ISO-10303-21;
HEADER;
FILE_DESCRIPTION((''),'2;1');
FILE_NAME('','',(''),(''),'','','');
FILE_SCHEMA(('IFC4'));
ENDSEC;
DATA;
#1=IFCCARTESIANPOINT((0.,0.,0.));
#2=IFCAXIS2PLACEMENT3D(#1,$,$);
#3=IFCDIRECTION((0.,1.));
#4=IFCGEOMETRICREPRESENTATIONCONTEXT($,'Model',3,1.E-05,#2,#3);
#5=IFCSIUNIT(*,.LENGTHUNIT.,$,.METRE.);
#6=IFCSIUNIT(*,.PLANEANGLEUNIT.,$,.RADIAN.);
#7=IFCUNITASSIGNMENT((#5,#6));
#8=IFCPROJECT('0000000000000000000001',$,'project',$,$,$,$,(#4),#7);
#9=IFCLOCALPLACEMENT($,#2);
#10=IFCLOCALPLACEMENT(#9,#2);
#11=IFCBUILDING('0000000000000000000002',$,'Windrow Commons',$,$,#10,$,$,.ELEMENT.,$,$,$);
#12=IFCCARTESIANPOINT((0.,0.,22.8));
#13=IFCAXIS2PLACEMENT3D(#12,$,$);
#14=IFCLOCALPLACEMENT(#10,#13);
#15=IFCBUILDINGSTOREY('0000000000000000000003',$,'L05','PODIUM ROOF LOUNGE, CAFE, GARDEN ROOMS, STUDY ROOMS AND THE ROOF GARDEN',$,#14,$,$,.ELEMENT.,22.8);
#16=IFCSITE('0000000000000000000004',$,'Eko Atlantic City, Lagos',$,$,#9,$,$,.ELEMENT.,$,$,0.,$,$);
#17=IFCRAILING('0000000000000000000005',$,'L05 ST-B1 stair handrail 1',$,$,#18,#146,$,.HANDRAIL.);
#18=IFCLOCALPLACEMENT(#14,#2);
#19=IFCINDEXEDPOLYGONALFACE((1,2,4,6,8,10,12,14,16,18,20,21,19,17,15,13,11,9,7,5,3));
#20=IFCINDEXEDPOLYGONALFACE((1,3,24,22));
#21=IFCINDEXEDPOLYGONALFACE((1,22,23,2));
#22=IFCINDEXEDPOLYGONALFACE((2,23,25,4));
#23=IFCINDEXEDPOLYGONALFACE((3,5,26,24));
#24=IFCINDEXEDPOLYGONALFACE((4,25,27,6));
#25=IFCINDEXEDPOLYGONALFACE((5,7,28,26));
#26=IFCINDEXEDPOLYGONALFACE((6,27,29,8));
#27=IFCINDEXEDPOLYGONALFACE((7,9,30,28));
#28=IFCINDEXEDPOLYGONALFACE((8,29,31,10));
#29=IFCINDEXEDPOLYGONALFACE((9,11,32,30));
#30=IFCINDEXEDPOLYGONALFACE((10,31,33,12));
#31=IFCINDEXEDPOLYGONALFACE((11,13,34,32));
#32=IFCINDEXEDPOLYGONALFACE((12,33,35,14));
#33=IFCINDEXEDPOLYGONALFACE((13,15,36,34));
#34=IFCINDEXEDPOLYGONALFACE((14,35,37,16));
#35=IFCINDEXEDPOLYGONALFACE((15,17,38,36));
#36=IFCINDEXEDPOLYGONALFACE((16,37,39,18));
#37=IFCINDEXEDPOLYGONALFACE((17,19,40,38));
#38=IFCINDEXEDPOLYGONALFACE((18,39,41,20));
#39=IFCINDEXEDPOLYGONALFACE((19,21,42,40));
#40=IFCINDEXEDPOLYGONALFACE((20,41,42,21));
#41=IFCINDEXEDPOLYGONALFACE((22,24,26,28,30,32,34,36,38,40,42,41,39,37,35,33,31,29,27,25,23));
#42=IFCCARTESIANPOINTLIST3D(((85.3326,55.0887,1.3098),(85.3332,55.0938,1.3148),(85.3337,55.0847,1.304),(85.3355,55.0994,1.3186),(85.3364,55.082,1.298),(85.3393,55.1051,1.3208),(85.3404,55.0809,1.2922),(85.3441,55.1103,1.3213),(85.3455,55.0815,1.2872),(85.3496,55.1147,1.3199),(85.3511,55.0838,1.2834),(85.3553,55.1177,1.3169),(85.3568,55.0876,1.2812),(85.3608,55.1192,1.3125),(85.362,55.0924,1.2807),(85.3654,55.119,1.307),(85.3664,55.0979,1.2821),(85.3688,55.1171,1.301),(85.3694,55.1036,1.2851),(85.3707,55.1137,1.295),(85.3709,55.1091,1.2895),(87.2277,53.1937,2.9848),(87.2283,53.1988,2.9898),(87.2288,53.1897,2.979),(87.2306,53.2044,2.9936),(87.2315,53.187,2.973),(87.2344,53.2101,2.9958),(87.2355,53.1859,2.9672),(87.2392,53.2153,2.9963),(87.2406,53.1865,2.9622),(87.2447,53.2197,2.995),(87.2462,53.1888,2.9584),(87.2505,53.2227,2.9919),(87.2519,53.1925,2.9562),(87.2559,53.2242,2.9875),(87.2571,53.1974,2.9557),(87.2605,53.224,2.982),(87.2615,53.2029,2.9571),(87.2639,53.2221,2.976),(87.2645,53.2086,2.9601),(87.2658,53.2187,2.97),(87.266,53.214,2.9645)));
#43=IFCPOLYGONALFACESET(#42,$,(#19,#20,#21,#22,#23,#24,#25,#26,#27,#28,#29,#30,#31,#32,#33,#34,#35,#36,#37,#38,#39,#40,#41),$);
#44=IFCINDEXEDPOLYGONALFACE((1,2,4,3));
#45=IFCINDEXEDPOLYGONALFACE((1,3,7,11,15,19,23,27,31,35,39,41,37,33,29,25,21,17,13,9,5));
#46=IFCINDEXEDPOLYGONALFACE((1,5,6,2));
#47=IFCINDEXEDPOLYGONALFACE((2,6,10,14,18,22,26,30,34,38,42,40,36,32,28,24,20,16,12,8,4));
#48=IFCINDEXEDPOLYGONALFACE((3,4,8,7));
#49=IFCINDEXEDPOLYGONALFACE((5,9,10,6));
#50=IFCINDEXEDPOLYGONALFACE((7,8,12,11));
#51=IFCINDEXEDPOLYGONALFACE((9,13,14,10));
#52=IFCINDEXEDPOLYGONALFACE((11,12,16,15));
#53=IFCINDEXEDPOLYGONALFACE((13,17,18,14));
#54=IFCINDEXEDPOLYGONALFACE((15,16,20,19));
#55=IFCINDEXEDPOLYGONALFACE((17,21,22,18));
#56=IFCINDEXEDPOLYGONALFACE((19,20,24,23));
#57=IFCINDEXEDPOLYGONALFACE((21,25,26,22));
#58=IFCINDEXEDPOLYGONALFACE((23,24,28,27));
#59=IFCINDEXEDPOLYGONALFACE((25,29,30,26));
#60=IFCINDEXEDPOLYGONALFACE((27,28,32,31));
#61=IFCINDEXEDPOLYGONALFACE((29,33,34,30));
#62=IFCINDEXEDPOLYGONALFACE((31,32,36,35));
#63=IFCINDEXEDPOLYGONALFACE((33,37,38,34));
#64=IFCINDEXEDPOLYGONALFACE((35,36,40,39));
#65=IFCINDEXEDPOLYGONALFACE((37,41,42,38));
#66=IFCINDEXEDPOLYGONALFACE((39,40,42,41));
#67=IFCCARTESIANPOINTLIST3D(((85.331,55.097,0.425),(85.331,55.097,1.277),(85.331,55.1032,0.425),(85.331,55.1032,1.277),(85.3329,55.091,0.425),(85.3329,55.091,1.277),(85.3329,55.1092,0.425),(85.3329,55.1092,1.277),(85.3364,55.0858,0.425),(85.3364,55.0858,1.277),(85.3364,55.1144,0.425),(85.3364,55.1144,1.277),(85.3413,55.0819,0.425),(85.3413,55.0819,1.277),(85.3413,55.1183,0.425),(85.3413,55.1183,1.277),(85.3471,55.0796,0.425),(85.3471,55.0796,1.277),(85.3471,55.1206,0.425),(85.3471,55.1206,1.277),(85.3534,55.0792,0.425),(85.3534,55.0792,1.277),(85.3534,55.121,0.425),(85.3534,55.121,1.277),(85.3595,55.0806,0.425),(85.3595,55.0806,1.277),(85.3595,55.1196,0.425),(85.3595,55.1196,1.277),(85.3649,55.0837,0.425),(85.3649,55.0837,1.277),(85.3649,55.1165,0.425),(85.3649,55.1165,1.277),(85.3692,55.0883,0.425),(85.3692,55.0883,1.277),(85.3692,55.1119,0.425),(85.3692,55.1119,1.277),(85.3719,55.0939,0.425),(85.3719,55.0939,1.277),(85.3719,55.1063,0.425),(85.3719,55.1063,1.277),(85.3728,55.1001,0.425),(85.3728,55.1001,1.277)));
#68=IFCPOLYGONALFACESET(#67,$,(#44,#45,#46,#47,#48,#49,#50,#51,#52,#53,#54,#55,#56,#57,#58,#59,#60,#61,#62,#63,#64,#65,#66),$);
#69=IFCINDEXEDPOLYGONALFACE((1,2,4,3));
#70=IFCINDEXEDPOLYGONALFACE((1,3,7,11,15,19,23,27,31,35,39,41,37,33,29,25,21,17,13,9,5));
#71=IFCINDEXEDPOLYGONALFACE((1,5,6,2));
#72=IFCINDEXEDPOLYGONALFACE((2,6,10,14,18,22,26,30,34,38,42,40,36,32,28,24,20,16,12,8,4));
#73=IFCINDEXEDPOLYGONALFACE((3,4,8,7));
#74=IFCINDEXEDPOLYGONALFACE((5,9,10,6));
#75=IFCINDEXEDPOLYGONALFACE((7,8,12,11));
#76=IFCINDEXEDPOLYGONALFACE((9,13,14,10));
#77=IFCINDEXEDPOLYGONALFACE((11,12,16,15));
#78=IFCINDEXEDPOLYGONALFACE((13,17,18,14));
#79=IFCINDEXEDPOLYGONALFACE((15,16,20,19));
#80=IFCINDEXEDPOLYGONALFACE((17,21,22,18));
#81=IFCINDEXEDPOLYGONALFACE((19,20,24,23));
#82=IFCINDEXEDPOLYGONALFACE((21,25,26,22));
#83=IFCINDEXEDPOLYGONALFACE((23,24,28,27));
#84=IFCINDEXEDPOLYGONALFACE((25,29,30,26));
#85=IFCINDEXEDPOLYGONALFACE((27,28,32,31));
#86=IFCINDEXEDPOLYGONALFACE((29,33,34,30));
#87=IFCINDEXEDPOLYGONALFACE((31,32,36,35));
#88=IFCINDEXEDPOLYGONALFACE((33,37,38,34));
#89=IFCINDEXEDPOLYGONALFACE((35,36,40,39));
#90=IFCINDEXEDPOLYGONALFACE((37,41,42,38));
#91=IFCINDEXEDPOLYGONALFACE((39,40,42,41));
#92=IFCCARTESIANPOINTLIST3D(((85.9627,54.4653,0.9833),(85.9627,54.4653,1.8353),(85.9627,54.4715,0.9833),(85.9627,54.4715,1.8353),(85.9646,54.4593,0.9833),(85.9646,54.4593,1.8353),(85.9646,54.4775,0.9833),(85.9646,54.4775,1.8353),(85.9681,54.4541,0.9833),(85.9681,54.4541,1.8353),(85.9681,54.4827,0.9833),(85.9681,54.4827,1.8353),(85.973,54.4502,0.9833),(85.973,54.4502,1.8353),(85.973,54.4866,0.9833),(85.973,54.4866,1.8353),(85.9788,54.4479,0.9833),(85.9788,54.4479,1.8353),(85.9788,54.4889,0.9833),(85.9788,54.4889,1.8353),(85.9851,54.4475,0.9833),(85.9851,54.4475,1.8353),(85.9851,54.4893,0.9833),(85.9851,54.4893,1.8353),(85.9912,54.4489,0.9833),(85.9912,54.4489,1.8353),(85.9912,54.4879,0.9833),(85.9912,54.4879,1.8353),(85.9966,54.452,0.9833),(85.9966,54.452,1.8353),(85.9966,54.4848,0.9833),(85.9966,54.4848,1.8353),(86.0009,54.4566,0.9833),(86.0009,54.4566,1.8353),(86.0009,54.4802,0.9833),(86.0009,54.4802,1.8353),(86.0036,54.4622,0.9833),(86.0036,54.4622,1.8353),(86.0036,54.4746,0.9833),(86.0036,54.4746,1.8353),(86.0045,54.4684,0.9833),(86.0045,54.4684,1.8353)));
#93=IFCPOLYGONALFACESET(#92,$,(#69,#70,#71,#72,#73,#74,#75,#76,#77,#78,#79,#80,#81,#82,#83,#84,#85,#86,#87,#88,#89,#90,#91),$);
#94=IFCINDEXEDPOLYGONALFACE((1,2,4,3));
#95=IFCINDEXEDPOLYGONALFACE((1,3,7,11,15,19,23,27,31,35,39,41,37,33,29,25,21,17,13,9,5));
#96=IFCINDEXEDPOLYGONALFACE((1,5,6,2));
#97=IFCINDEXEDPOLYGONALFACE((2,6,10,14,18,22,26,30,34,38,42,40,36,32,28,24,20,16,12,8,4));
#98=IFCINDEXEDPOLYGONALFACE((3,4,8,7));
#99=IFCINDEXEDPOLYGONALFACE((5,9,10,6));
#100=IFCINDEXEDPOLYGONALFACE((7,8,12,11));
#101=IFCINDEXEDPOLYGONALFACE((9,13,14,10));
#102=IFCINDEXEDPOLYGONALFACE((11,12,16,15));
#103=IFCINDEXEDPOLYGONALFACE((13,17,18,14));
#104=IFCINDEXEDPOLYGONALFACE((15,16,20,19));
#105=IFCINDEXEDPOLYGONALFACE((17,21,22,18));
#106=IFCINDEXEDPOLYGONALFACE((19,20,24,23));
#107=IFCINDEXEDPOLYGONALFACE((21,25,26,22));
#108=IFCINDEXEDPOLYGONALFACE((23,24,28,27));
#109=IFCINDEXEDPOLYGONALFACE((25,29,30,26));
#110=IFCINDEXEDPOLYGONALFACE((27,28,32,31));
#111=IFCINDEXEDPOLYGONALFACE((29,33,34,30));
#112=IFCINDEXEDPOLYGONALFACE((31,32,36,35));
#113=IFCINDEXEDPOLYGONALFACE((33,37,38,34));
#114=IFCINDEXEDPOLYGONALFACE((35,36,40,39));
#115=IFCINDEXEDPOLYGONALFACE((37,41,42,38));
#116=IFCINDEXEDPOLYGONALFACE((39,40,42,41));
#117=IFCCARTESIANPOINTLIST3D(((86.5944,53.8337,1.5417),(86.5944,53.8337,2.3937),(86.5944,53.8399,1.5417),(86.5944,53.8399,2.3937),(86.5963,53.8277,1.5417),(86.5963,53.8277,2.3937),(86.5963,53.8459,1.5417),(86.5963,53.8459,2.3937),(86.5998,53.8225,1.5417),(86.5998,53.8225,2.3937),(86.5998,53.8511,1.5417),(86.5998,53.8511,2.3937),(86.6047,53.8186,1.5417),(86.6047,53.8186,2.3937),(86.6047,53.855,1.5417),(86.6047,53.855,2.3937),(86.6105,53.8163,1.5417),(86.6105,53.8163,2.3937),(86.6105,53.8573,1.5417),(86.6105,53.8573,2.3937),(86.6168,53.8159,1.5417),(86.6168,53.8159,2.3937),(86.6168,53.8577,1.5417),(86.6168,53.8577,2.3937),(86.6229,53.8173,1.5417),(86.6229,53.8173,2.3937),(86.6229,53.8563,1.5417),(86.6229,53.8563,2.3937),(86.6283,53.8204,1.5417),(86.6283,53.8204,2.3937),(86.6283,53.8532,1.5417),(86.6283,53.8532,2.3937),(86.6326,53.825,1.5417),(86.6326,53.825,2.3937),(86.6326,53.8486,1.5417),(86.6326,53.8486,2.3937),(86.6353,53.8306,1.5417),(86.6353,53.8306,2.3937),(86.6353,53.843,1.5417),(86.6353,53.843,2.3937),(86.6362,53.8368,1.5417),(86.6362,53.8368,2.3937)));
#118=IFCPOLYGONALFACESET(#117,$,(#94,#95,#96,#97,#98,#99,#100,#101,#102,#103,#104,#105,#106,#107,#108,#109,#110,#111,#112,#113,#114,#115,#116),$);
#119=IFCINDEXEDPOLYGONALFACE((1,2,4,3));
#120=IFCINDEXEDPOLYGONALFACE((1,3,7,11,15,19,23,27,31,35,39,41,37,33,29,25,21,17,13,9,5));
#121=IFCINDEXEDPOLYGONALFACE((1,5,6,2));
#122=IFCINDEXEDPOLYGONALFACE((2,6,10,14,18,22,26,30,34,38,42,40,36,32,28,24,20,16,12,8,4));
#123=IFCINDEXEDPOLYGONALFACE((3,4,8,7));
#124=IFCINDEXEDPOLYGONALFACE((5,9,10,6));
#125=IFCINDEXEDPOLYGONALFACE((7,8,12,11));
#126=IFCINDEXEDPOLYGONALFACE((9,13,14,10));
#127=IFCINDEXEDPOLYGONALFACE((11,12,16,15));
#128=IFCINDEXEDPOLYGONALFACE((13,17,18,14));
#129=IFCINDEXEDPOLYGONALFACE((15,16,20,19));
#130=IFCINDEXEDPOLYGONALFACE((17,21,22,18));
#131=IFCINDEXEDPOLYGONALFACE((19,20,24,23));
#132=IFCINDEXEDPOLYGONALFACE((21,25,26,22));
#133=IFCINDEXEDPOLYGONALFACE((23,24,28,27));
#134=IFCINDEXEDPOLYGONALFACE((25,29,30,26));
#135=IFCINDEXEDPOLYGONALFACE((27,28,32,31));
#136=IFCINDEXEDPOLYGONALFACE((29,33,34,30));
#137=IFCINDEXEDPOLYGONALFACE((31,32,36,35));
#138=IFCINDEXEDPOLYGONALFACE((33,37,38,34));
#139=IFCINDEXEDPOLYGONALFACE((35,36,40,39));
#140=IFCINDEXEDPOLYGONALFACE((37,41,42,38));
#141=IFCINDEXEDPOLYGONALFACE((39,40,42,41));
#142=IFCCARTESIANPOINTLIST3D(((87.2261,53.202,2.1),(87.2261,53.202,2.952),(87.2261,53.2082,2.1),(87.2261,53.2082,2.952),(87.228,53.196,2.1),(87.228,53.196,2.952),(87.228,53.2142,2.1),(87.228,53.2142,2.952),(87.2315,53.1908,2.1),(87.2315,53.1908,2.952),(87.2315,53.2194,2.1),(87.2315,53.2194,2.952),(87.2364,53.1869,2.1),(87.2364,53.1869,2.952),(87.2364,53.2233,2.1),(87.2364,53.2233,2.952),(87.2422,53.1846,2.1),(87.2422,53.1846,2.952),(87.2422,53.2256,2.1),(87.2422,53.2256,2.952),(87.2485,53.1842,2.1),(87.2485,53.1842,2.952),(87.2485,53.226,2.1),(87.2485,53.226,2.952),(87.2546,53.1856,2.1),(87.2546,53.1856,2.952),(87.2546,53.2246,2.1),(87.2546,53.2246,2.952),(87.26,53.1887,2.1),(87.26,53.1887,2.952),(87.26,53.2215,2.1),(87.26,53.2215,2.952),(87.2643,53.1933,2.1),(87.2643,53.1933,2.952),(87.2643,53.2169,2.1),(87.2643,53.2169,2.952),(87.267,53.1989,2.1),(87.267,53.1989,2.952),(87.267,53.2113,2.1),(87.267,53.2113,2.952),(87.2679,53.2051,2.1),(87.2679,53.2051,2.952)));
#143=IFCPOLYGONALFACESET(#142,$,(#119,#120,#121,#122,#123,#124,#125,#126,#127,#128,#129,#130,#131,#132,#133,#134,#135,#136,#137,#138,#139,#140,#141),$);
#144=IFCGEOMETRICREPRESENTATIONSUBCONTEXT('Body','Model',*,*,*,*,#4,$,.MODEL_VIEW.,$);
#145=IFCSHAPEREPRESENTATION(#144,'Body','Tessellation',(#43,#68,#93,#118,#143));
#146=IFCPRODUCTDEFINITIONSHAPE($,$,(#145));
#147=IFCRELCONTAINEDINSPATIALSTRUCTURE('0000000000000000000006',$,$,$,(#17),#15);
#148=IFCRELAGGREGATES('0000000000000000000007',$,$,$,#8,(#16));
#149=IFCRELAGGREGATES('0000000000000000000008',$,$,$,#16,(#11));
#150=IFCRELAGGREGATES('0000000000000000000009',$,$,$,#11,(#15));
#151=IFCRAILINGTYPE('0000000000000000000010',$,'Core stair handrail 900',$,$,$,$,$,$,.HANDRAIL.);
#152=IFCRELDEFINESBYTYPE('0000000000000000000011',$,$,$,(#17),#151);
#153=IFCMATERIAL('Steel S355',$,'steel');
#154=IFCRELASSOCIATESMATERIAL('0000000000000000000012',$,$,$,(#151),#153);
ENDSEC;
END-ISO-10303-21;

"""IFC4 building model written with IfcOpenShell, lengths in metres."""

from ifc_helpers import new_model, si_unit, direction, frame, origin, origin_2d, place, context, subcontext, project, spatial, circle, extrude, material, type_object, element, save


model = new_model("IFC4")

# Units and contexts
model_context = context("Model", 3, precision=1e-05, world=origin(), true_north=direction((0.0, 1.0)))
body_context = subcontext(model_context, "Body", "Model", "MODEL_VIEW")
ifc_project = project(units=[si_unit("LENGTHUNIT", "METRE"), si_unit("PLANEANGLEUNIT", "RADIAN")], contexts=[model_context])

# Site, building, storey
site_placement = place(None, origin())
site = spatial("IfcSite", under=ifc_project, at=site_placement, Name="Eko Atlantic City, Lagos", CompositionType="ELEMENT", RefElevation=0.0)
building_placement = place(site_placement, origin())
building = spatial("IfcBuilding", under=site, at=building_placement, Name="Windrow Commons", CompositionType="ELEMENT")
storey_placement = place(building_placement, frame((0.0, 0.0, 22.8)))
storey = spatial("IfcBuildingStorey", under=building, at=storey_placement, Name="L05", Description="PODIUM ROOF LOUNGE, CAFE, GARDEN ROOMS, STUDY ROOMS AND THE ROOF GARDEN", CompositionType="ELEMENT", Elevation=22.8)

# Railing
ifc_material_1 = material(Name="Steel S355", Category="steel")
railing_type_1 = type_object("IfcRailingType", Name="Core stair handrail 900", PredefinedType="HANDRAIL", material=ifc_material_1)
railing_1_placement = place(storey_placement, frame((85.3518, 55.1001, 0.425)))
element("IfcRailing", 1, at=railing_1_placement, inside=storey, type_object=railing_type_1, Name="L05 ST-B1 stair handrail 1", PredefinedType="HANDRAIL", context=body_context, shape_type="SweptSolid", body=[
    extrude(circle(Radius=0.024, at=origin_2d()), frame((0.0, 0.0, 0.876), z_axis=(0.599642, -0.59961, 0.529998), x_axis=(0.707088, 0.707125, 0.0)), (0.0, 0.0, 1.0), 3.1604),
    extrude(circle(Radius=0.021, at=origin_2d()), origin(), (0.0, 0.0, 1.0), 0.852),
    extrude(circle(Radius=0.021, at=origin_2d()), frame((0.6317, -0.6317, 0.5583)), (0.0, 0.0, 1.0), 0.852),
    extrude(circle(Radius=0.021, at=origin_2d()), frame((1.2634, -1.2633, 1.1167)), (0.0, 0.0, 1.0), 0.852),
    extrude(circle(Radius=0.021, at=origin_2d()), frame((1.8951, -1.895, 1.675)), (0.0, 0.0, 1.0), 0.852),
])

save(model, "model.ifc")
